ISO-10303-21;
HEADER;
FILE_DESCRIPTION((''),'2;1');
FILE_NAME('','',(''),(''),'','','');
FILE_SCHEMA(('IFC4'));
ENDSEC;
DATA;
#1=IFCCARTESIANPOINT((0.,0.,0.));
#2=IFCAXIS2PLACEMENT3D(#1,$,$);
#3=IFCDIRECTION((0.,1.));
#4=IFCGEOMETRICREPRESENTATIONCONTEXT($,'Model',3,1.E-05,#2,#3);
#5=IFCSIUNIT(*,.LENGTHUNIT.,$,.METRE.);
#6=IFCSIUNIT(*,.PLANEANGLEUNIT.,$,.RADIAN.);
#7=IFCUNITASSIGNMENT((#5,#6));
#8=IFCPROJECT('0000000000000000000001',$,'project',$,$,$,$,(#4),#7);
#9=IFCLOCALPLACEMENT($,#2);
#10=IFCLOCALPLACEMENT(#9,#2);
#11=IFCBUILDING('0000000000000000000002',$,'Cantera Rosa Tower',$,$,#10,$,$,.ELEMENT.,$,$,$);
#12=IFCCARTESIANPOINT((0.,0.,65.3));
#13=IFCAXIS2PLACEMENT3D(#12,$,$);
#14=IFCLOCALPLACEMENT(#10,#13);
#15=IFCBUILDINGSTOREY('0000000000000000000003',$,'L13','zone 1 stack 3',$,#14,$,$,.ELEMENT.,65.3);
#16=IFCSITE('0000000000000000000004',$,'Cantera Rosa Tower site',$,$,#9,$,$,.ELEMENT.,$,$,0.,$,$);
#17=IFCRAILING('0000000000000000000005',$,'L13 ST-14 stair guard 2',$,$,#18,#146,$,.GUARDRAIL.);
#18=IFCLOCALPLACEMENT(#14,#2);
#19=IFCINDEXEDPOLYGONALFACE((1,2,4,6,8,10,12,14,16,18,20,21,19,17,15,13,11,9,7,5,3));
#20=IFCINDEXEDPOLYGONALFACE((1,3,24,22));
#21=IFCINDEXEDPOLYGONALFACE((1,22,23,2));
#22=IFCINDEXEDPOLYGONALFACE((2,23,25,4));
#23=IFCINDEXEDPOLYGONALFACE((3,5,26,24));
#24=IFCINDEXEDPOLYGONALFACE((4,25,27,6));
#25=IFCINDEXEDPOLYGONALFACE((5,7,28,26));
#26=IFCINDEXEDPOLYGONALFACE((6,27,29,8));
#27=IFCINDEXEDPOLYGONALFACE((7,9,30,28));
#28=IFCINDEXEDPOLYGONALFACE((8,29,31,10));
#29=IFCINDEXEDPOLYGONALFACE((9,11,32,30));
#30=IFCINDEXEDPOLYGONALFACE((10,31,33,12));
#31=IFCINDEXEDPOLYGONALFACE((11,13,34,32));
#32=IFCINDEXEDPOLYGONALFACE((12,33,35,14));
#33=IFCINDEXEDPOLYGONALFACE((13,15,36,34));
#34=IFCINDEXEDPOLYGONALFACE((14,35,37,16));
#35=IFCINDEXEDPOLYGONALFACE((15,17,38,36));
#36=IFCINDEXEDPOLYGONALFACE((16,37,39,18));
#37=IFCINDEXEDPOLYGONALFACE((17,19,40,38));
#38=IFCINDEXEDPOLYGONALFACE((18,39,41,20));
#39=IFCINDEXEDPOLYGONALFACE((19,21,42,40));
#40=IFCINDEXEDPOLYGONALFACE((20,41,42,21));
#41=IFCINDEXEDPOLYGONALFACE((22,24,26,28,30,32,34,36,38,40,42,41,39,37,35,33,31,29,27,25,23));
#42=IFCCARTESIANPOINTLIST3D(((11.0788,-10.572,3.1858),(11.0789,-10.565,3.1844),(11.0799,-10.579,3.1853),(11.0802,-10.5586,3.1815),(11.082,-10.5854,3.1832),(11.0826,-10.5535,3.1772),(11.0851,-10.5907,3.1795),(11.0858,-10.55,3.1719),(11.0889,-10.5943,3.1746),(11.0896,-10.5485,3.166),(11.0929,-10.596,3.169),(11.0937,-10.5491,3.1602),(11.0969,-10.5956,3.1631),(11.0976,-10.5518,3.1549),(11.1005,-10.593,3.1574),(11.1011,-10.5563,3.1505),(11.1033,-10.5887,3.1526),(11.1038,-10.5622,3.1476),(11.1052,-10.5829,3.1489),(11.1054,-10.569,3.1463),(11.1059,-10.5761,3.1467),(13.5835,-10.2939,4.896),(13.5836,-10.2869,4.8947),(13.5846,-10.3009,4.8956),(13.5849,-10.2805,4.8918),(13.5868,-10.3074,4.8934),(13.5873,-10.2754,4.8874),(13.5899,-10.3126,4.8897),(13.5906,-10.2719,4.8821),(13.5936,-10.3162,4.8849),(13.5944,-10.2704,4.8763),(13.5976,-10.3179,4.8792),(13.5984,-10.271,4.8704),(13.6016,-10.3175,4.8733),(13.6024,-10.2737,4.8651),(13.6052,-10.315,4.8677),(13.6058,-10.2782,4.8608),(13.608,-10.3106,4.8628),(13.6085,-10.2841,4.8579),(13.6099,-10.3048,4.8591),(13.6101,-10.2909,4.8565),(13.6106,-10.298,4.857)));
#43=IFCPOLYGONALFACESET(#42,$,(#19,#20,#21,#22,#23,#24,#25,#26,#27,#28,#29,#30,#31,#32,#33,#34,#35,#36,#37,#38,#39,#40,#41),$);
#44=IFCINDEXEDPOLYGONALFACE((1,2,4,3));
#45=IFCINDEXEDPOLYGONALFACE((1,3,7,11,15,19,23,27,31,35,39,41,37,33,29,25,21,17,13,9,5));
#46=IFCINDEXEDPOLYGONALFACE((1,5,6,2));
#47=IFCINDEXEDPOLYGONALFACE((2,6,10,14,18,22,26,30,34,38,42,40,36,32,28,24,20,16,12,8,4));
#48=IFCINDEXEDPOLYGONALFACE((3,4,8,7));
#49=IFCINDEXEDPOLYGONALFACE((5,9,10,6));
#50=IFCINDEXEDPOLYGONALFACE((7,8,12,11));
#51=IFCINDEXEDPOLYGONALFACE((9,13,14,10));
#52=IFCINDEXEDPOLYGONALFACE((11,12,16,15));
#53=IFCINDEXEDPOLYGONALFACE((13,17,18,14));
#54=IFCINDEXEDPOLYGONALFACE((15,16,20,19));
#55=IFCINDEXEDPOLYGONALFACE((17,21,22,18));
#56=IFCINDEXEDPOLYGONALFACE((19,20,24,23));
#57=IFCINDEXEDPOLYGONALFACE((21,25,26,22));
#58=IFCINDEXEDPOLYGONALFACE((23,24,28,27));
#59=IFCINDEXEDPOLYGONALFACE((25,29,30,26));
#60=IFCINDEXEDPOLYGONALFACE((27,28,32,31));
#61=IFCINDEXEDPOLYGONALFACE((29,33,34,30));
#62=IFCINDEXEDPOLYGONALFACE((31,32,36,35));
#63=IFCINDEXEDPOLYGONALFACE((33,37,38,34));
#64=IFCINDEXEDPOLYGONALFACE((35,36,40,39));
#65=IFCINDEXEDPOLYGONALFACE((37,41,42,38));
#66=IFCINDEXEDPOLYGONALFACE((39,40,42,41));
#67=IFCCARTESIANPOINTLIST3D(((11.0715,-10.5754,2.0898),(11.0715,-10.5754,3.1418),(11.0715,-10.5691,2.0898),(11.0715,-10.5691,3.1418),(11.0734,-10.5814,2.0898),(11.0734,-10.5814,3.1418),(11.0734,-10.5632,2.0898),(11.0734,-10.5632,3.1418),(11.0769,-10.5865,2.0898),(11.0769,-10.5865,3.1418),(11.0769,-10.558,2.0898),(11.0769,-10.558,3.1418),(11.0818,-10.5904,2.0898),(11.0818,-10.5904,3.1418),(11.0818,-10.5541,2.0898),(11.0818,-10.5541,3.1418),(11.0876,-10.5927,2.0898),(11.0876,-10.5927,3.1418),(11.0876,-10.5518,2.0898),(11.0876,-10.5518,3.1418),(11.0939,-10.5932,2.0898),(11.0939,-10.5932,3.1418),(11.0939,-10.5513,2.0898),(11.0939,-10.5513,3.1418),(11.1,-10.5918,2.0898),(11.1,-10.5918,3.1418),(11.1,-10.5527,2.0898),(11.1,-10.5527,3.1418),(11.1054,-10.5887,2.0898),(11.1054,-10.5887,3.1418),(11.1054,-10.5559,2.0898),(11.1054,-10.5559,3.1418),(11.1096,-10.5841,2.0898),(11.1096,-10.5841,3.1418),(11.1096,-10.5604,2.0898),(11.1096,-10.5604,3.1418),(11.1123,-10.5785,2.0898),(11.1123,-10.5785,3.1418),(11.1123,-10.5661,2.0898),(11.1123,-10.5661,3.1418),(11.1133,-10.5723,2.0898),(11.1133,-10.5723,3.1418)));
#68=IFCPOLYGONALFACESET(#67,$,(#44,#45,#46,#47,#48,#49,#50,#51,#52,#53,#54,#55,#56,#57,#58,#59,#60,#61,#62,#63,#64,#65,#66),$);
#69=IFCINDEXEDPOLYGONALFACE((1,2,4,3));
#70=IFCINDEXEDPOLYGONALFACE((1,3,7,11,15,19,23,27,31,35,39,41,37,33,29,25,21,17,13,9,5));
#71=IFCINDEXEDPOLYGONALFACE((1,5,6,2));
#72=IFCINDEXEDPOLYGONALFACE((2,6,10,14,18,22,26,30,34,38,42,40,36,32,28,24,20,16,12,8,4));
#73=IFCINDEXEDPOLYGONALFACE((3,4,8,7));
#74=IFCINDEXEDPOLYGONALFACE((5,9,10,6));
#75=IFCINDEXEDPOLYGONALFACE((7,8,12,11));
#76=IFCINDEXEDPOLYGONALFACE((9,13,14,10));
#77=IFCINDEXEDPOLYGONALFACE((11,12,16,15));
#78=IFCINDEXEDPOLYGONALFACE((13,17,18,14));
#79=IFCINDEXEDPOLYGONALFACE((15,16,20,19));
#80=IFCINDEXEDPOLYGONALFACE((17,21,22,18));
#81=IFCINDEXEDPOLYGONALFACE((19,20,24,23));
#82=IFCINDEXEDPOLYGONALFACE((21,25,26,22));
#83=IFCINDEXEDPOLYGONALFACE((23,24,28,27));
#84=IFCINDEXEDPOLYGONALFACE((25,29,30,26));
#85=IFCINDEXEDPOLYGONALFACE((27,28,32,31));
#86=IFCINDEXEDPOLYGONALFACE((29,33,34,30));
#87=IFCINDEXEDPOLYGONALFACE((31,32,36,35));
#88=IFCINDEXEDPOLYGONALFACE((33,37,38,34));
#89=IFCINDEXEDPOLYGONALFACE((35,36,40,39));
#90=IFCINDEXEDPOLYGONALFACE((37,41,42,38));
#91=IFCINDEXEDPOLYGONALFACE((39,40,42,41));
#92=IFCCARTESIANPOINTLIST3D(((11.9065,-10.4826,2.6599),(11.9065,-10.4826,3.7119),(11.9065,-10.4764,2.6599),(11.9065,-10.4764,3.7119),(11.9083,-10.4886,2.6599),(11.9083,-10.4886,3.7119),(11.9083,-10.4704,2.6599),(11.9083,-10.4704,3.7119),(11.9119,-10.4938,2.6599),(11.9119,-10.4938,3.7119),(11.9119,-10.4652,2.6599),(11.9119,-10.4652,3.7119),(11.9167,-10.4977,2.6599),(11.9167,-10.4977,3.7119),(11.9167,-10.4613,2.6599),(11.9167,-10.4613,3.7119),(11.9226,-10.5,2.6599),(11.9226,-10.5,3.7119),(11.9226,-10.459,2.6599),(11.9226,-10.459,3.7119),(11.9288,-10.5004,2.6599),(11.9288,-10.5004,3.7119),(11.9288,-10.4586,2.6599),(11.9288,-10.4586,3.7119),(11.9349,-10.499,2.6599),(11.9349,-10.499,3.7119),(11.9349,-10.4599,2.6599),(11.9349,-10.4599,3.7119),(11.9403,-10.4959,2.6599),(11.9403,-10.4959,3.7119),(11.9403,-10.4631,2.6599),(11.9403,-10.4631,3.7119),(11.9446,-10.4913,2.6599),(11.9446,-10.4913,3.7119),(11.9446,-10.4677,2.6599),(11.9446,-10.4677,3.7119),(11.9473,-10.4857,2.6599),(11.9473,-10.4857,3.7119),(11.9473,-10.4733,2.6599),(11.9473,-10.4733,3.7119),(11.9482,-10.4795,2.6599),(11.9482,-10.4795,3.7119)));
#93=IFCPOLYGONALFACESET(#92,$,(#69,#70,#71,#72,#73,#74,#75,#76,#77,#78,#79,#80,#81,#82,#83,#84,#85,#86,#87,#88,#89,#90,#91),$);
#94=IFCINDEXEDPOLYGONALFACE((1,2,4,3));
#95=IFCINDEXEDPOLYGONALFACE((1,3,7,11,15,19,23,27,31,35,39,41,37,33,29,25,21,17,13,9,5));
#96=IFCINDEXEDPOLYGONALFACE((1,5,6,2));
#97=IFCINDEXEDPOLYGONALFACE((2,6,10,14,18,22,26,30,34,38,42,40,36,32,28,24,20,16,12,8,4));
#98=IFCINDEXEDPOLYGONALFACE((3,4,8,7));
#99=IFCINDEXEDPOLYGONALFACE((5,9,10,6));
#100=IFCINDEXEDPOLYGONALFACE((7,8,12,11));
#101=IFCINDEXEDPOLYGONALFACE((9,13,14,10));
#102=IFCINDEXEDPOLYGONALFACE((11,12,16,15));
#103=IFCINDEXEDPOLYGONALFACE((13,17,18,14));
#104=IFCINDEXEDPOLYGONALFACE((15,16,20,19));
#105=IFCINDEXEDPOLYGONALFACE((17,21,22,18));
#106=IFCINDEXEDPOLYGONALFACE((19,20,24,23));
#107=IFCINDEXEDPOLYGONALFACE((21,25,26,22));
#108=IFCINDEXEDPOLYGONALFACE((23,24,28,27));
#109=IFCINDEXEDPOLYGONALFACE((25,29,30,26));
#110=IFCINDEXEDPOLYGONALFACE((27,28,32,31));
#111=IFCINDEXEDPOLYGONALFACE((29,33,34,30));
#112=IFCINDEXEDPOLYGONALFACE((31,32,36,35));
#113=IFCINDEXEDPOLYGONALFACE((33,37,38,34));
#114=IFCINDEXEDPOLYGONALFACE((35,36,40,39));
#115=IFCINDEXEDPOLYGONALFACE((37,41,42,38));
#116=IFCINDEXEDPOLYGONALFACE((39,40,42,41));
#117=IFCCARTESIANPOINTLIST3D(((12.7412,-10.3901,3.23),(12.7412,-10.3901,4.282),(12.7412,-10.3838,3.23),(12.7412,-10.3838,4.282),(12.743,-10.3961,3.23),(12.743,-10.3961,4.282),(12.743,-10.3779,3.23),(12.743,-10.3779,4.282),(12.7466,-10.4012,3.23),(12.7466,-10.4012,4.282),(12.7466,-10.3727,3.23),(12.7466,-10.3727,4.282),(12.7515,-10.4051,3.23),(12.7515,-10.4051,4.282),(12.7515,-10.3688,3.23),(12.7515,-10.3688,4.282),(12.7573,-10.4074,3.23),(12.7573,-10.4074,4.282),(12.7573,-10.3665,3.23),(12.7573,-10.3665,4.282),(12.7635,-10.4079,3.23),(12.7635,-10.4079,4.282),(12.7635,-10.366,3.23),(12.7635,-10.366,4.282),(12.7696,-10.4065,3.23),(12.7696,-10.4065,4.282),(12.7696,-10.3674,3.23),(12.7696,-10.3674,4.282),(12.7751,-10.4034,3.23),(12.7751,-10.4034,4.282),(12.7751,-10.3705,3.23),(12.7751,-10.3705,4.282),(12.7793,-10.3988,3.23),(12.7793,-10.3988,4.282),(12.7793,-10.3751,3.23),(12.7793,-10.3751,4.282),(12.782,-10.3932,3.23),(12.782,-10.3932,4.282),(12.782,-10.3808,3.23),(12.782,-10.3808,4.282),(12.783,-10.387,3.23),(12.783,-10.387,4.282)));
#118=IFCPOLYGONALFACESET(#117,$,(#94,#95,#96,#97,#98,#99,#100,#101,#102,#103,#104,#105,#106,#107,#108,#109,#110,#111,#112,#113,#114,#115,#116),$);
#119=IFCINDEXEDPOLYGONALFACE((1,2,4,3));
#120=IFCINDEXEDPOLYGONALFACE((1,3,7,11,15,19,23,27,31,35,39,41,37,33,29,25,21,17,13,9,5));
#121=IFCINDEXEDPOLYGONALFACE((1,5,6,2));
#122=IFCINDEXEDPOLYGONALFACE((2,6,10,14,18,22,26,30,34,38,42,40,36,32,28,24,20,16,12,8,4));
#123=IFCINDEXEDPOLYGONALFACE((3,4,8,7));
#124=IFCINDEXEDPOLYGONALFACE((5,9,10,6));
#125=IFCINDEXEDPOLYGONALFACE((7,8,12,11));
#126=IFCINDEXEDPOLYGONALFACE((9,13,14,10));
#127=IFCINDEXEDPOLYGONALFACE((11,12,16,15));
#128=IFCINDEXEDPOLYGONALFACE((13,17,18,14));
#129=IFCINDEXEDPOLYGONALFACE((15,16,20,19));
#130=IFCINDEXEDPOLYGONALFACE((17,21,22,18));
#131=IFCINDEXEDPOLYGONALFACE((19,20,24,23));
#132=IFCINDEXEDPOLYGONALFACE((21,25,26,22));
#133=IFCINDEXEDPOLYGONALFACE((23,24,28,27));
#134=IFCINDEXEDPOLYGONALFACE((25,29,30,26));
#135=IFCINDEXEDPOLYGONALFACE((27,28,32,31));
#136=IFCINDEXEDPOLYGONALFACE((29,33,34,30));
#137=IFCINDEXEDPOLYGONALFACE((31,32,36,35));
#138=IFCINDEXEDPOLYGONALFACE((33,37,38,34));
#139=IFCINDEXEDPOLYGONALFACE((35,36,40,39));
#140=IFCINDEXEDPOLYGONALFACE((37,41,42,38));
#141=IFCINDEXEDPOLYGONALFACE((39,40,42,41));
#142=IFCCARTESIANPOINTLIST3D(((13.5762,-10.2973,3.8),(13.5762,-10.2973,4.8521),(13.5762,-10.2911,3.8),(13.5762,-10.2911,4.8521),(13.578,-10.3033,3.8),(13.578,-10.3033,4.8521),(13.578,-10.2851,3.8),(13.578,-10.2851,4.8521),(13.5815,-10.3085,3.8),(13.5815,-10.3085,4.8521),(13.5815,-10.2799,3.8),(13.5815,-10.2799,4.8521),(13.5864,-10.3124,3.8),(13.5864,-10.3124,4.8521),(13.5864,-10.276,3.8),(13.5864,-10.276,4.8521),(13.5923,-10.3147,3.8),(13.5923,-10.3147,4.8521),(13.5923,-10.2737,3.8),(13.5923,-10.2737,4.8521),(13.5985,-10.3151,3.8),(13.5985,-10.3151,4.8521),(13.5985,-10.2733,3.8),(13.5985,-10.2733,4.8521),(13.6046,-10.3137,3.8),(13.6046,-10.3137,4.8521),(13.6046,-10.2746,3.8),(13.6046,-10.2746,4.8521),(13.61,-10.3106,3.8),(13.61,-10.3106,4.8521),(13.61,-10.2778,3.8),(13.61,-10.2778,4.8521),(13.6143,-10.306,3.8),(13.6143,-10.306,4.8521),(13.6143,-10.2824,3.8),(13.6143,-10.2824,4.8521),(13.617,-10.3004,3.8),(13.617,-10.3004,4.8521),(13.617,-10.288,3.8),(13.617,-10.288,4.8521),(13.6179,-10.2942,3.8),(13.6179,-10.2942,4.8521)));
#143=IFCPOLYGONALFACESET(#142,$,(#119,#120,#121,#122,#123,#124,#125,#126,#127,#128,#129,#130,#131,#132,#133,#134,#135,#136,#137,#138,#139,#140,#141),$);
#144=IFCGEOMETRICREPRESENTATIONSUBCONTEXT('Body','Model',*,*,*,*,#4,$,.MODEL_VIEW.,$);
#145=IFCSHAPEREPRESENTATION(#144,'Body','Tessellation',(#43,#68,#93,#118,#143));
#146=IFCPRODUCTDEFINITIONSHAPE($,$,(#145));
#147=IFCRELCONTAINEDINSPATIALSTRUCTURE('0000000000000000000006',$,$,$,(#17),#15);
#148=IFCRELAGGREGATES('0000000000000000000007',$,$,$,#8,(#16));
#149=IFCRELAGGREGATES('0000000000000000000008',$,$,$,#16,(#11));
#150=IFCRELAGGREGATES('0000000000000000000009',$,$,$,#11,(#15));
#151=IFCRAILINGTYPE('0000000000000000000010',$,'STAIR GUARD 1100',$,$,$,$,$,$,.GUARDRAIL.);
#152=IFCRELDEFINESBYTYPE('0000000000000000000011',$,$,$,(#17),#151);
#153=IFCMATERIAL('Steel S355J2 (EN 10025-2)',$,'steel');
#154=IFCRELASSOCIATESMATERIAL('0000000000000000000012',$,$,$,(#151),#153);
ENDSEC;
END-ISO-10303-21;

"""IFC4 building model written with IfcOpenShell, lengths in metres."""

from ifc_helpers import new_model, si_unit, direction, frame, origin, origin_2d, place, context, subcontext, project, spatial, circle, extrude, material, type_object, element, save


model = new_model("IFC4")

# Units and contexts
model_context = context("Model", 3, precision=1e-05, world=origin(), true_north=direction((0.0, 1.0)))
body_context = subcontext(model_context, "Body", "Model", "MODEL_VIEW")
ifc_project = project(units=[si_unit("LENGTHUNIT", "METRE"), si_unit("PLANEANGLEUNIT", "RADIAN")], contexts=[model_context])

# Site, building, storey
site_placement = place(None, origin())
site = spatial("IfcSite", under=ifc_project, at=site_placement, Name="Cantera Rosa Tower site", CompositionType="ELEMENT", RefElevation=0.0)
building_placement = place(site_placement, origin())
building = spatial("IfcBuilding", under=site, at=building_placement, Name="Cantera Rosa Tower", CompositionType="ELEMENT")
storey_placement = place(building_placement, frame((0.0, 0.0, 65.3)))
storey = spatial("IfcBuildingStorey", under=building, at=storey_placement, Name="L13", Description="zone 1 stack 3", CompositionType="ELEMENT", Elevation=65.3)

# Railing
ifc_material_1 = material(Name="Steel S355J2 (EN 10025-2)", Category="steel")
railing_type_1 = type_object("IfcRailingType", Name="STAIR GUARD 1100", PredefinedType="GUARDRAIL", material=ifc_material_1)
railing_1_placement = place(storey_placement, frame((11.0923, -10.5723, 2.0898)))
element("IfcRailing", 1, at=railing_1_placement, inside=storey, type_object=railing_type_1, Name="L13 ST-14 stair guard 2", PredefinedType="GUARDRAIL", context=body_context, shape_type="SweptSolid", body=[
    extrude(circle(Radius=0.0239, at=origin_2d()), frame((0.0, 0.0, 1.0762), z_axis=(0.822394, 0.091306, 0.561543), x_axis=(-0.110346, 0.993893, 0.0)), (0.0, 0.0, 1.0), 3.0457),
    extrude(circle(Radius=0.021, at=origin_2d()), origin(), (0.0, 0.0, 1.0), 1.052),
    extrude(circle(Radius=0.021, at=origin_2d()), frame((0.835, 0.0928, 0.5701)), (0.0, 0.0, 1.0), 1.052),
    extrude(circle(Radius=0.021, at=origin_2d()), frame((1.6697, 0.1853, 1.1401)), (0.0, 0.0, 1.0), 1.052),
    extrude(circle(Radius=0.021, at=origin_2d()), frame((2.5046, 0.2781, 1.7102)), (0.0, 0.0, 1.0), 1.052),
])

save(model, "model.ifc")
